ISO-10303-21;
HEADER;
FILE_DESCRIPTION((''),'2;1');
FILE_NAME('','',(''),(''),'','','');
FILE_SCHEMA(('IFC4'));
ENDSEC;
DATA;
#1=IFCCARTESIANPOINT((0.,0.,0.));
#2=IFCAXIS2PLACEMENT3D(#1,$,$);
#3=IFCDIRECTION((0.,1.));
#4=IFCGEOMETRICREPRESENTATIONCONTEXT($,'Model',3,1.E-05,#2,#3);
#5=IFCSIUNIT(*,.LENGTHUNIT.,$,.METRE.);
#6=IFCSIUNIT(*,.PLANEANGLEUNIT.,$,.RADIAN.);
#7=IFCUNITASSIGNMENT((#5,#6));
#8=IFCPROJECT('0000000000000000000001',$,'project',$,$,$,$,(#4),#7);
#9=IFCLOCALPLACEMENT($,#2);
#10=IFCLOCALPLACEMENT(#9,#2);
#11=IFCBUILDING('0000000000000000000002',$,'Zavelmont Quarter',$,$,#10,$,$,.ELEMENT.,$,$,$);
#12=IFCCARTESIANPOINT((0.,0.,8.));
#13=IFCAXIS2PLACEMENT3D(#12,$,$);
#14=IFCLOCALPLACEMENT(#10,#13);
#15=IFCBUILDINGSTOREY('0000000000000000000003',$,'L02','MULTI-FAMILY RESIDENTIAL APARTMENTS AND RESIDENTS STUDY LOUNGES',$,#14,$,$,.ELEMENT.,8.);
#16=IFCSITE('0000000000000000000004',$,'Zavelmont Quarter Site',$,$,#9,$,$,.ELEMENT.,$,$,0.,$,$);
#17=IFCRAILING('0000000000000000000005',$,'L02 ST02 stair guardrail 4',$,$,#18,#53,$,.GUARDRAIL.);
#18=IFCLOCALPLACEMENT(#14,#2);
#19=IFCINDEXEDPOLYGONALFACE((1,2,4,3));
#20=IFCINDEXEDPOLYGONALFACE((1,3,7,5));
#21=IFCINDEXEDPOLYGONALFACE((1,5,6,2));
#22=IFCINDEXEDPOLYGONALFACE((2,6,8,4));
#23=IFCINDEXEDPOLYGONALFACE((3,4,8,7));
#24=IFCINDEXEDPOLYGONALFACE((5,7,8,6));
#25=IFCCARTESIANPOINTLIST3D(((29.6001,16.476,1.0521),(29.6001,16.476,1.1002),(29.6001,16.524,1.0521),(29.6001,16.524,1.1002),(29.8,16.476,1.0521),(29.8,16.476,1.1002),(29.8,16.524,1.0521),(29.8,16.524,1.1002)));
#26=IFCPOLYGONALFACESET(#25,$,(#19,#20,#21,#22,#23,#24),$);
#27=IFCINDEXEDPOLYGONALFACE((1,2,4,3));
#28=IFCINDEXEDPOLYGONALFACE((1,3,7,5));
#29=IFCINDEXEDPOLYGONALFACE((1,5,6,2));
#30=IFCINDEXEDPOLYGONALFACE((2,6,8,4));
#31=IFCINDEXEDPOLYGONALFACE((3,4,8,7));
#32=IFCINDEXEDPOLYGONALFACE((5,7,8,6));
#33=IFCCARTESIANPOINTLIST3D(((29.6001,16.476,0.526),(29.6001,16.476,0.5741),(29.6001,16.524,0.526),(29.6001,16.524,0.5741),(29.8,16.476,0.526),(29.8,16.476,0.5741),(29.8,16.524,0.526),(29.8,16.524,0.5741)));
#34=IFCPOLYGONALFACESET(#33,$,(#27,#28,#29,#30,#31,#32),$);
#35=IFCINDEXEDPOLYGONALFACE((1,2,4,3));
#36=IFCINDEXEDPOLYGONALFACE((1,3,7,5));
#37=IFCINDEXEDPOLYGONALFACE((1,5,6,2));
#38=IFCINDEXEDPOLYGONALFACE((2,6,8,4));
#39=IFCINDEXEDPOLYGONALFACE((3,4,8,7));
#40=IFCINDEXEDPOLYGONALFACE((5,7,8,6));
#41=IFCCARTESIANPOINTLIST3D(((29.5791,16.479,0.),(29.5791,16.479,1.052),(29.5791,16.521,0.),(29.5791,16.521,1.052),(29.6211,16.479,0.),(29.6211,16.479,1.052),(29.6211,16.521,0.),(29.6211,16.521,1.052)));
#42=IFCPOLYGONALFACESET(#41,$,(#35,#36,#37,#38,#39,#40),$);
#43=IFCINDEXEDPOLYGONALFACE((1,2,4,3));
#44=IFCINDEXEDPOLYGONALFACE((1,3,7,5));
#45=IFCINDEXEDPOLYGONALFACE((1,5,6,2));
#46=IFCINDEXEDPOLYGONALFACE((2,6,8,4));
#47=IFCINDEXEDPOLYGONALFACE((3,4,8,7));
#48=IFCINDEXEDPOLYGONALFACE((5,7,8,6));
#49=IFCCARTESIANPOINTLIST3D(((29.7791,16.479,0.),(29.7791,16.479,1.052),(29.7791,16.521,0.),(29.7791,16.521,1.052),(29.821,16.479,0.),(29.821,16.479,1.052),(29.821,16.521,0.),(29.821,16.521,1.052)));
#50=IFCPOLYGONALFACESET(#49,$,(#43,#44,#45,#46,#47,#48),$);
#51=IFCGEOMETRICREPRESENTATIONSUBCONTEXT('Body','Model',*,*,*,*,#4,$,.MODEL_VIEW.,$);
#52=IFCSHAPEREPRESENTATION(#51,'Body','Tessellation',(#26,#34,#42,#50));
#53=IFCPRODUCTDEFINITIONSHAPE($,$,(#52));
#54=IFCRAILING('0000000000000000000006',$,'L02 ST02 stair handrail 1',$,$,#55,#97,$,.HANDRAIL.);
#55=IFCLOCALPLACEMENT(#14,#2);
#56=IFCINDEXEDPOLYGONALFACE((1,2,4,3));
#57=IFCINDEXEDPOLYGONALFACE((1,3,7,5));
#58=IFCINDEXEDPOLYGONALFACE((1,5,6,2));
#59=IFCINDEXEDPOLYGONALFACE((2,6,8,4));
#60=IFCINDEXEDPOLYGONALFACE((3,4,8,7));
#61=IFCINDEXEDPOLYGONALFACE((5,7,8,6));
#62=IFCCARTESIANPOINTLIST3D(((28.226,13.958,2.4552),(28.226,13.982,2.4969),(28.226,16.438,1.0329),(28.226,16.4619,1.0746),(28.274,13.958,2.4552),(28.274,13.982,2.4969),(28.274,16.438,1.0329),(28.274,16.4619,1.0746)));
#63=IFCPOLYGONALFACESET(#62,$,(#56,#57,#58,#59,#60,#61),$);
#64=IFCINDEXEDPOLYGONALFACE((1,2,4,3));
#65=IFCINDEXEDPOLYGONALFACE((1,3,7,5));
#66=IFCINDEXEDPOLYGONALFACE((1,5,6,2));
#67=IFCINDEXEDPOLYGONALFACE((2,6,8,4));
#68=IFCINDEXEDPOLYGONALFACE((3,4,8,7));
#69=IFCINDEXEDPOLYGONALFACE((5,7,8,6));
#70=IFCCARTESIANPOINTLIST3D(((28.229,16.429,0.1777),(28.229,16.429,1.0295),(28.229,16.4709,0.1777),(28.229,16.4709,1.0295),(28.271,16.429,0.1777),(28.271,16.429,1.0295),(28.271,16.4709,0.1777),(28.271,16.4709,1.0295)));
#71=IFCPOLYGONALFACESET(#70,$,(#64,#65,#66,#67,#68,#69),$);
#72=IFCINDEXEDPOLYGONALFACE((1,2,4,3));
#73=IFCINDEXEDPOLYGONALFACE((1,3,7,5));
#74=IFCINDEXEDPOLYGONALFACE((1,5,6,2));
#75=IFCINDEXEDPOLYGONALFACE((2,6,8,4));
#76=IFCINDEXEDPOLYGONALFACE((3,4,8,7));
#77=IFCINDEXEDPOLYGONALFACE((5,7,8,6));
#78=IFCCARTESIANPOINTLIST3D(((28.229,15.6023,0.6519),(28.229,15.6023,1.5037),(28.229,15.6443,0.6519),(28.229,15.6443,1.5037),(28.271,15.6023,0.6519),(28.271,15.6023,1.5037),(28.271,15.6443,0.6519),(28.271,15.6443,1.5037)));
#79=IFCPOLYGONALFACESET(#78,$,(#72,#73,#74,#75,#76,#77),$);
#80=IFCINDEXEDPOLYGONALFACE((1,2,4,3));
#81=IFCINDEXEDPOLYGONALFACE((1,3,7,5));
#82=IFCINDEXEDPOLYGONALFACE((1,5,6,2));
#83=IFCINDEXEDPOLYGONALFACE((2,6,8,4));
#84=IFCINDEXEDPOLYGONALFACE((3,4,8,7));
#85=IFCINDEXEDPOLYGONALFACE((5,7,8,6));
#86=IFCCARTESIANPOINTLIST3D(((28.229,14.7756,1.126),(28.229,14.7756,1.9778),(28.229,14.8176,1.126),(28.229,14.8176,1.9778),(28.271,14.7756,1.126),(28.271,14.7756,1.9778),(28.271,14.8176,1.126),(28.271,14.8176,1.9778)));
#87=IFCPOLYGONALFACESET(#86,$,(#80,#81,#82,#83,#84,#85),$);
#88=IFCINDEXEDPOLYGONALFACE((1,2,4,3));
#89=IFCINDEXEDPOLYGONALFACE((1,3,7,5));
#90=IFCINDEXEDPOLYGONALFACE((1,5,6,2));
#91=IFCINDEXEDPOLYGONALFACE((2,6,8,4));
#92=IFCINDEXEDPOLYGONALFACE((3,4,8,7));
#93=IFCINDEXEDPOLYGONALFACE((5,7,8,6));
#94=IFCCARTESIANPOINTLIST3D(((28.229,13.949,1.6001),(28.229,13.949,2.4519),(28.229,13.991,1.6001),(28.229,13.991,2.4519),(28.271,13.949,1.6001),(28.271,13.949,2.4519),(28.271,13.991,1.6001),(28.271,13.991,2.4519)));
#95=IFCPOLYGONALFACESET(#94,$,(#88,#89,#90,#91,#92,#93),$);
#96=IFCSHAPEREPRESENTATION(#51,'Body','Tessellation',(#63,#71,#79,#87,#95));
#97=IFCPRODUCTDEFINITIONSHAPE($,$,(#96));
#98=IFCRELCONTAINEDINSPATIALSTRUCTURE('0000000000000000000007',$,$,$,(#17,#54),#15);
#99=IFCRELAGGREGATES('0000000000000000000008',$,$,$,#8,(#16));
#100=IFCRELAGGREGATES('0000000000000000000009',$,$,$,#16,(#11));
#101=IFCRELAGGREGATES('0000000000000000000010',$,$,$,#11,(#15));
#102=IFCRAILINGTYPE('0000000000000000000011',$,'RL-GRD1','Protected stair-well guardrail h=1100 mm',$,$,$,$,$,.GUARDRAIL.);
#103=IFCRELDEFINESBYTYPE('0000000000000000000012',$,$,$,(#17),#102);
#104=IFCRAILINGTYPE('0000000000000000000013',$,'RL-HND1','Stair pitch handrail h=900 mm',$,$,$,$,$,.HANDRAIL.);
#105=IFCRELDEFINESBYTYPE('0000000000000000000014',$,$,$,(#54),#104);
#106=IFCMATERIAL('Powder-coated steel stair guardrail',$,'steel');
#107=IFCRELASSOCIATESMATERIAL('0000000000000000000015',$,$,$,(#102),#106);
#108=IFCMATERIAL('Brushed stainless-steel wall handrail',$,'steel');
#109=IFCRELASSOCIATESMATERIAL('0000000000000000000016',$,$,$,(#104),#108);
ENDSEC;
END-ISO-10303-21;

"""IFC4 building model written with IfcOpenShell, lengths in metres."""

from ifc_helpers import new_model, si_unit, direction, frame, origin, origin_2d, place, context, subcontext, project, spatial, rectangle, extrude, material, type_object, element, save


model = new_model("IFC4")

# Units and contexts
model_context = context("Model", 3, precision=1e-05, world=origin(), true_north=direction((0.0, 1.0)))
body_context = subcontext(model_context, "Body", "Model", "MODEL_VIEW")
ifc_project = project(units=[si_unit("LENGTHUNIT", "METRE"), si_unit("PLANEANGLEUNIT", "RADIAN")], contexts=[model_context])

# Site, building, storey
site_placement = place(None, origin())
site = spatial("IfcSite", under=ifc_project, at=site_placement, Name="Zavelmont Quarter Site", CompositionType="ELEMENT", RefElevation=0.0)
building_placement = place(site_placement, origin())
building = spatial("IfcBuilding", under=site, at=building_placement, Name="Zavelmont Quarter", CompositionType="ELEMENT")
storey_placement = place(building_placement, frame((0.0, 0.0, 8.0)))
storey = spatial("IfcBuildingStorey", under=building, at=storey_placement, Name="L02", Description="MULTI-FAMILY RESIDENTIAL APARTMENTS AND RESIDENTS STUDY LOUNGES", CompositionType="ELEMENT", Elevation=8.0)

# Railings
ifc_material_1 = material(Name="Powder-coated steel stair guardrail", Category="steel")
railing_type_1 = type_object("IfcRailingType", Name="RL-GRD1", Description="Protected stair-well guardrail h=1100 mm", PredefinedType="GUARDRAIL", material=ifc_material_1)
railing_1_placement = place(storey_placement, frame((29.6001, 16.5, 0.0)))
element("IfcRailing", 1, at=railing_1_placement, inside=storey, type_object=railing_type_1, Name="L02 ST02 stair guardrail 4", PredefinedType="GUARDRAIL", context=body_context, shape_type="SweptSolid", body=[
    extrude(rectangle(XDim=0.0481, YDim=0.0481, at=origin_2d()), frame((0.0, 0.0, 1.0762), z_axis=(1.0, 0.0, 0.0), x_axis=(0.0, 1.0, 0.0)), (0.0, 0.0, 1.0), 0.2),
    extrude(rectangle(XDim=0.0481, YDim=0.0481, at=origin_2d()), frame((0.0, 0.0, 0.55), z_axis=(1.0, 0.0, 0.0), x_axis=(0.0, 1.0, 0.0)), (0.0, 0.0, 1.0), 0.2),
    extrude(rectangle(XDim=0.042, YDim=0.042, at=origin_2d()), origin(), (0.0, 0.0, 1.0), 1.052),
    extrude(rectangle(XDim=0.042, YDim=0.042, at=origin_2d()), frame((0.2, 0.0, 0.0)), (0.0, 0.0, 1.0), 1.052),
])
ifc_material_2 = material(Name="Brushed stainless-steel wall handrail", Category="steel")
railing_type_2 = type_object("IfcRailingType", Name="RL-HND1", Description="Stair pitch handrail h=900 mm", PredefinedType="HANDRAIL", material=ifc_material_2)
railing_2_placement = place(storey_placement, frame((28.25, 16.45, 0.1777)))
element("IfcRailing", 2, at=railing_2_placement, inside=storey, type_object=railing_type_2, Name="L02 ST02 stair handrail 1", PredefinedType="HANDRAIL", context=body_context, shape_type="SweptSolid", body=[
    extrude(rectangle(XDim=0.0481, YDim=0.0481, at=origin_2d()), frame((0.0, 0.0, 0.876), z_axis=(0.0, -0.867454, 0.497518), x_axis=(1.0, 0.0, 0.0)), (0.0, 0.0, 1.0), 2.8589),
    extrude(rectangle(XDim=0.042, YDim=0.042, at=origin_2d()), origin(), (0.0, 0.0, 1.0), 0.8518),
    extrude(rectangle(XDim=0.042, YDim=0.042, at=origin_2d()), frame((0.0, -0.8267, 0.4741)), (0.0, 0.0, 1.0), 0.8518),
    extrude(rectangle(XDim=0.042, YDim=0.042, at=origin_2d()), frame((0.0, -1.6533, 0.9482)), (0.0, 0.0, 1.0), 0.8518),
    extrude(rectangle(XDim=0.042, YDim=0.042, at=origin_2d()), frame((0.0, -2.48, 1.4224)), (0.0, 0.0, 1.0), 0.8518),
])

save(model, "model.ifc")
